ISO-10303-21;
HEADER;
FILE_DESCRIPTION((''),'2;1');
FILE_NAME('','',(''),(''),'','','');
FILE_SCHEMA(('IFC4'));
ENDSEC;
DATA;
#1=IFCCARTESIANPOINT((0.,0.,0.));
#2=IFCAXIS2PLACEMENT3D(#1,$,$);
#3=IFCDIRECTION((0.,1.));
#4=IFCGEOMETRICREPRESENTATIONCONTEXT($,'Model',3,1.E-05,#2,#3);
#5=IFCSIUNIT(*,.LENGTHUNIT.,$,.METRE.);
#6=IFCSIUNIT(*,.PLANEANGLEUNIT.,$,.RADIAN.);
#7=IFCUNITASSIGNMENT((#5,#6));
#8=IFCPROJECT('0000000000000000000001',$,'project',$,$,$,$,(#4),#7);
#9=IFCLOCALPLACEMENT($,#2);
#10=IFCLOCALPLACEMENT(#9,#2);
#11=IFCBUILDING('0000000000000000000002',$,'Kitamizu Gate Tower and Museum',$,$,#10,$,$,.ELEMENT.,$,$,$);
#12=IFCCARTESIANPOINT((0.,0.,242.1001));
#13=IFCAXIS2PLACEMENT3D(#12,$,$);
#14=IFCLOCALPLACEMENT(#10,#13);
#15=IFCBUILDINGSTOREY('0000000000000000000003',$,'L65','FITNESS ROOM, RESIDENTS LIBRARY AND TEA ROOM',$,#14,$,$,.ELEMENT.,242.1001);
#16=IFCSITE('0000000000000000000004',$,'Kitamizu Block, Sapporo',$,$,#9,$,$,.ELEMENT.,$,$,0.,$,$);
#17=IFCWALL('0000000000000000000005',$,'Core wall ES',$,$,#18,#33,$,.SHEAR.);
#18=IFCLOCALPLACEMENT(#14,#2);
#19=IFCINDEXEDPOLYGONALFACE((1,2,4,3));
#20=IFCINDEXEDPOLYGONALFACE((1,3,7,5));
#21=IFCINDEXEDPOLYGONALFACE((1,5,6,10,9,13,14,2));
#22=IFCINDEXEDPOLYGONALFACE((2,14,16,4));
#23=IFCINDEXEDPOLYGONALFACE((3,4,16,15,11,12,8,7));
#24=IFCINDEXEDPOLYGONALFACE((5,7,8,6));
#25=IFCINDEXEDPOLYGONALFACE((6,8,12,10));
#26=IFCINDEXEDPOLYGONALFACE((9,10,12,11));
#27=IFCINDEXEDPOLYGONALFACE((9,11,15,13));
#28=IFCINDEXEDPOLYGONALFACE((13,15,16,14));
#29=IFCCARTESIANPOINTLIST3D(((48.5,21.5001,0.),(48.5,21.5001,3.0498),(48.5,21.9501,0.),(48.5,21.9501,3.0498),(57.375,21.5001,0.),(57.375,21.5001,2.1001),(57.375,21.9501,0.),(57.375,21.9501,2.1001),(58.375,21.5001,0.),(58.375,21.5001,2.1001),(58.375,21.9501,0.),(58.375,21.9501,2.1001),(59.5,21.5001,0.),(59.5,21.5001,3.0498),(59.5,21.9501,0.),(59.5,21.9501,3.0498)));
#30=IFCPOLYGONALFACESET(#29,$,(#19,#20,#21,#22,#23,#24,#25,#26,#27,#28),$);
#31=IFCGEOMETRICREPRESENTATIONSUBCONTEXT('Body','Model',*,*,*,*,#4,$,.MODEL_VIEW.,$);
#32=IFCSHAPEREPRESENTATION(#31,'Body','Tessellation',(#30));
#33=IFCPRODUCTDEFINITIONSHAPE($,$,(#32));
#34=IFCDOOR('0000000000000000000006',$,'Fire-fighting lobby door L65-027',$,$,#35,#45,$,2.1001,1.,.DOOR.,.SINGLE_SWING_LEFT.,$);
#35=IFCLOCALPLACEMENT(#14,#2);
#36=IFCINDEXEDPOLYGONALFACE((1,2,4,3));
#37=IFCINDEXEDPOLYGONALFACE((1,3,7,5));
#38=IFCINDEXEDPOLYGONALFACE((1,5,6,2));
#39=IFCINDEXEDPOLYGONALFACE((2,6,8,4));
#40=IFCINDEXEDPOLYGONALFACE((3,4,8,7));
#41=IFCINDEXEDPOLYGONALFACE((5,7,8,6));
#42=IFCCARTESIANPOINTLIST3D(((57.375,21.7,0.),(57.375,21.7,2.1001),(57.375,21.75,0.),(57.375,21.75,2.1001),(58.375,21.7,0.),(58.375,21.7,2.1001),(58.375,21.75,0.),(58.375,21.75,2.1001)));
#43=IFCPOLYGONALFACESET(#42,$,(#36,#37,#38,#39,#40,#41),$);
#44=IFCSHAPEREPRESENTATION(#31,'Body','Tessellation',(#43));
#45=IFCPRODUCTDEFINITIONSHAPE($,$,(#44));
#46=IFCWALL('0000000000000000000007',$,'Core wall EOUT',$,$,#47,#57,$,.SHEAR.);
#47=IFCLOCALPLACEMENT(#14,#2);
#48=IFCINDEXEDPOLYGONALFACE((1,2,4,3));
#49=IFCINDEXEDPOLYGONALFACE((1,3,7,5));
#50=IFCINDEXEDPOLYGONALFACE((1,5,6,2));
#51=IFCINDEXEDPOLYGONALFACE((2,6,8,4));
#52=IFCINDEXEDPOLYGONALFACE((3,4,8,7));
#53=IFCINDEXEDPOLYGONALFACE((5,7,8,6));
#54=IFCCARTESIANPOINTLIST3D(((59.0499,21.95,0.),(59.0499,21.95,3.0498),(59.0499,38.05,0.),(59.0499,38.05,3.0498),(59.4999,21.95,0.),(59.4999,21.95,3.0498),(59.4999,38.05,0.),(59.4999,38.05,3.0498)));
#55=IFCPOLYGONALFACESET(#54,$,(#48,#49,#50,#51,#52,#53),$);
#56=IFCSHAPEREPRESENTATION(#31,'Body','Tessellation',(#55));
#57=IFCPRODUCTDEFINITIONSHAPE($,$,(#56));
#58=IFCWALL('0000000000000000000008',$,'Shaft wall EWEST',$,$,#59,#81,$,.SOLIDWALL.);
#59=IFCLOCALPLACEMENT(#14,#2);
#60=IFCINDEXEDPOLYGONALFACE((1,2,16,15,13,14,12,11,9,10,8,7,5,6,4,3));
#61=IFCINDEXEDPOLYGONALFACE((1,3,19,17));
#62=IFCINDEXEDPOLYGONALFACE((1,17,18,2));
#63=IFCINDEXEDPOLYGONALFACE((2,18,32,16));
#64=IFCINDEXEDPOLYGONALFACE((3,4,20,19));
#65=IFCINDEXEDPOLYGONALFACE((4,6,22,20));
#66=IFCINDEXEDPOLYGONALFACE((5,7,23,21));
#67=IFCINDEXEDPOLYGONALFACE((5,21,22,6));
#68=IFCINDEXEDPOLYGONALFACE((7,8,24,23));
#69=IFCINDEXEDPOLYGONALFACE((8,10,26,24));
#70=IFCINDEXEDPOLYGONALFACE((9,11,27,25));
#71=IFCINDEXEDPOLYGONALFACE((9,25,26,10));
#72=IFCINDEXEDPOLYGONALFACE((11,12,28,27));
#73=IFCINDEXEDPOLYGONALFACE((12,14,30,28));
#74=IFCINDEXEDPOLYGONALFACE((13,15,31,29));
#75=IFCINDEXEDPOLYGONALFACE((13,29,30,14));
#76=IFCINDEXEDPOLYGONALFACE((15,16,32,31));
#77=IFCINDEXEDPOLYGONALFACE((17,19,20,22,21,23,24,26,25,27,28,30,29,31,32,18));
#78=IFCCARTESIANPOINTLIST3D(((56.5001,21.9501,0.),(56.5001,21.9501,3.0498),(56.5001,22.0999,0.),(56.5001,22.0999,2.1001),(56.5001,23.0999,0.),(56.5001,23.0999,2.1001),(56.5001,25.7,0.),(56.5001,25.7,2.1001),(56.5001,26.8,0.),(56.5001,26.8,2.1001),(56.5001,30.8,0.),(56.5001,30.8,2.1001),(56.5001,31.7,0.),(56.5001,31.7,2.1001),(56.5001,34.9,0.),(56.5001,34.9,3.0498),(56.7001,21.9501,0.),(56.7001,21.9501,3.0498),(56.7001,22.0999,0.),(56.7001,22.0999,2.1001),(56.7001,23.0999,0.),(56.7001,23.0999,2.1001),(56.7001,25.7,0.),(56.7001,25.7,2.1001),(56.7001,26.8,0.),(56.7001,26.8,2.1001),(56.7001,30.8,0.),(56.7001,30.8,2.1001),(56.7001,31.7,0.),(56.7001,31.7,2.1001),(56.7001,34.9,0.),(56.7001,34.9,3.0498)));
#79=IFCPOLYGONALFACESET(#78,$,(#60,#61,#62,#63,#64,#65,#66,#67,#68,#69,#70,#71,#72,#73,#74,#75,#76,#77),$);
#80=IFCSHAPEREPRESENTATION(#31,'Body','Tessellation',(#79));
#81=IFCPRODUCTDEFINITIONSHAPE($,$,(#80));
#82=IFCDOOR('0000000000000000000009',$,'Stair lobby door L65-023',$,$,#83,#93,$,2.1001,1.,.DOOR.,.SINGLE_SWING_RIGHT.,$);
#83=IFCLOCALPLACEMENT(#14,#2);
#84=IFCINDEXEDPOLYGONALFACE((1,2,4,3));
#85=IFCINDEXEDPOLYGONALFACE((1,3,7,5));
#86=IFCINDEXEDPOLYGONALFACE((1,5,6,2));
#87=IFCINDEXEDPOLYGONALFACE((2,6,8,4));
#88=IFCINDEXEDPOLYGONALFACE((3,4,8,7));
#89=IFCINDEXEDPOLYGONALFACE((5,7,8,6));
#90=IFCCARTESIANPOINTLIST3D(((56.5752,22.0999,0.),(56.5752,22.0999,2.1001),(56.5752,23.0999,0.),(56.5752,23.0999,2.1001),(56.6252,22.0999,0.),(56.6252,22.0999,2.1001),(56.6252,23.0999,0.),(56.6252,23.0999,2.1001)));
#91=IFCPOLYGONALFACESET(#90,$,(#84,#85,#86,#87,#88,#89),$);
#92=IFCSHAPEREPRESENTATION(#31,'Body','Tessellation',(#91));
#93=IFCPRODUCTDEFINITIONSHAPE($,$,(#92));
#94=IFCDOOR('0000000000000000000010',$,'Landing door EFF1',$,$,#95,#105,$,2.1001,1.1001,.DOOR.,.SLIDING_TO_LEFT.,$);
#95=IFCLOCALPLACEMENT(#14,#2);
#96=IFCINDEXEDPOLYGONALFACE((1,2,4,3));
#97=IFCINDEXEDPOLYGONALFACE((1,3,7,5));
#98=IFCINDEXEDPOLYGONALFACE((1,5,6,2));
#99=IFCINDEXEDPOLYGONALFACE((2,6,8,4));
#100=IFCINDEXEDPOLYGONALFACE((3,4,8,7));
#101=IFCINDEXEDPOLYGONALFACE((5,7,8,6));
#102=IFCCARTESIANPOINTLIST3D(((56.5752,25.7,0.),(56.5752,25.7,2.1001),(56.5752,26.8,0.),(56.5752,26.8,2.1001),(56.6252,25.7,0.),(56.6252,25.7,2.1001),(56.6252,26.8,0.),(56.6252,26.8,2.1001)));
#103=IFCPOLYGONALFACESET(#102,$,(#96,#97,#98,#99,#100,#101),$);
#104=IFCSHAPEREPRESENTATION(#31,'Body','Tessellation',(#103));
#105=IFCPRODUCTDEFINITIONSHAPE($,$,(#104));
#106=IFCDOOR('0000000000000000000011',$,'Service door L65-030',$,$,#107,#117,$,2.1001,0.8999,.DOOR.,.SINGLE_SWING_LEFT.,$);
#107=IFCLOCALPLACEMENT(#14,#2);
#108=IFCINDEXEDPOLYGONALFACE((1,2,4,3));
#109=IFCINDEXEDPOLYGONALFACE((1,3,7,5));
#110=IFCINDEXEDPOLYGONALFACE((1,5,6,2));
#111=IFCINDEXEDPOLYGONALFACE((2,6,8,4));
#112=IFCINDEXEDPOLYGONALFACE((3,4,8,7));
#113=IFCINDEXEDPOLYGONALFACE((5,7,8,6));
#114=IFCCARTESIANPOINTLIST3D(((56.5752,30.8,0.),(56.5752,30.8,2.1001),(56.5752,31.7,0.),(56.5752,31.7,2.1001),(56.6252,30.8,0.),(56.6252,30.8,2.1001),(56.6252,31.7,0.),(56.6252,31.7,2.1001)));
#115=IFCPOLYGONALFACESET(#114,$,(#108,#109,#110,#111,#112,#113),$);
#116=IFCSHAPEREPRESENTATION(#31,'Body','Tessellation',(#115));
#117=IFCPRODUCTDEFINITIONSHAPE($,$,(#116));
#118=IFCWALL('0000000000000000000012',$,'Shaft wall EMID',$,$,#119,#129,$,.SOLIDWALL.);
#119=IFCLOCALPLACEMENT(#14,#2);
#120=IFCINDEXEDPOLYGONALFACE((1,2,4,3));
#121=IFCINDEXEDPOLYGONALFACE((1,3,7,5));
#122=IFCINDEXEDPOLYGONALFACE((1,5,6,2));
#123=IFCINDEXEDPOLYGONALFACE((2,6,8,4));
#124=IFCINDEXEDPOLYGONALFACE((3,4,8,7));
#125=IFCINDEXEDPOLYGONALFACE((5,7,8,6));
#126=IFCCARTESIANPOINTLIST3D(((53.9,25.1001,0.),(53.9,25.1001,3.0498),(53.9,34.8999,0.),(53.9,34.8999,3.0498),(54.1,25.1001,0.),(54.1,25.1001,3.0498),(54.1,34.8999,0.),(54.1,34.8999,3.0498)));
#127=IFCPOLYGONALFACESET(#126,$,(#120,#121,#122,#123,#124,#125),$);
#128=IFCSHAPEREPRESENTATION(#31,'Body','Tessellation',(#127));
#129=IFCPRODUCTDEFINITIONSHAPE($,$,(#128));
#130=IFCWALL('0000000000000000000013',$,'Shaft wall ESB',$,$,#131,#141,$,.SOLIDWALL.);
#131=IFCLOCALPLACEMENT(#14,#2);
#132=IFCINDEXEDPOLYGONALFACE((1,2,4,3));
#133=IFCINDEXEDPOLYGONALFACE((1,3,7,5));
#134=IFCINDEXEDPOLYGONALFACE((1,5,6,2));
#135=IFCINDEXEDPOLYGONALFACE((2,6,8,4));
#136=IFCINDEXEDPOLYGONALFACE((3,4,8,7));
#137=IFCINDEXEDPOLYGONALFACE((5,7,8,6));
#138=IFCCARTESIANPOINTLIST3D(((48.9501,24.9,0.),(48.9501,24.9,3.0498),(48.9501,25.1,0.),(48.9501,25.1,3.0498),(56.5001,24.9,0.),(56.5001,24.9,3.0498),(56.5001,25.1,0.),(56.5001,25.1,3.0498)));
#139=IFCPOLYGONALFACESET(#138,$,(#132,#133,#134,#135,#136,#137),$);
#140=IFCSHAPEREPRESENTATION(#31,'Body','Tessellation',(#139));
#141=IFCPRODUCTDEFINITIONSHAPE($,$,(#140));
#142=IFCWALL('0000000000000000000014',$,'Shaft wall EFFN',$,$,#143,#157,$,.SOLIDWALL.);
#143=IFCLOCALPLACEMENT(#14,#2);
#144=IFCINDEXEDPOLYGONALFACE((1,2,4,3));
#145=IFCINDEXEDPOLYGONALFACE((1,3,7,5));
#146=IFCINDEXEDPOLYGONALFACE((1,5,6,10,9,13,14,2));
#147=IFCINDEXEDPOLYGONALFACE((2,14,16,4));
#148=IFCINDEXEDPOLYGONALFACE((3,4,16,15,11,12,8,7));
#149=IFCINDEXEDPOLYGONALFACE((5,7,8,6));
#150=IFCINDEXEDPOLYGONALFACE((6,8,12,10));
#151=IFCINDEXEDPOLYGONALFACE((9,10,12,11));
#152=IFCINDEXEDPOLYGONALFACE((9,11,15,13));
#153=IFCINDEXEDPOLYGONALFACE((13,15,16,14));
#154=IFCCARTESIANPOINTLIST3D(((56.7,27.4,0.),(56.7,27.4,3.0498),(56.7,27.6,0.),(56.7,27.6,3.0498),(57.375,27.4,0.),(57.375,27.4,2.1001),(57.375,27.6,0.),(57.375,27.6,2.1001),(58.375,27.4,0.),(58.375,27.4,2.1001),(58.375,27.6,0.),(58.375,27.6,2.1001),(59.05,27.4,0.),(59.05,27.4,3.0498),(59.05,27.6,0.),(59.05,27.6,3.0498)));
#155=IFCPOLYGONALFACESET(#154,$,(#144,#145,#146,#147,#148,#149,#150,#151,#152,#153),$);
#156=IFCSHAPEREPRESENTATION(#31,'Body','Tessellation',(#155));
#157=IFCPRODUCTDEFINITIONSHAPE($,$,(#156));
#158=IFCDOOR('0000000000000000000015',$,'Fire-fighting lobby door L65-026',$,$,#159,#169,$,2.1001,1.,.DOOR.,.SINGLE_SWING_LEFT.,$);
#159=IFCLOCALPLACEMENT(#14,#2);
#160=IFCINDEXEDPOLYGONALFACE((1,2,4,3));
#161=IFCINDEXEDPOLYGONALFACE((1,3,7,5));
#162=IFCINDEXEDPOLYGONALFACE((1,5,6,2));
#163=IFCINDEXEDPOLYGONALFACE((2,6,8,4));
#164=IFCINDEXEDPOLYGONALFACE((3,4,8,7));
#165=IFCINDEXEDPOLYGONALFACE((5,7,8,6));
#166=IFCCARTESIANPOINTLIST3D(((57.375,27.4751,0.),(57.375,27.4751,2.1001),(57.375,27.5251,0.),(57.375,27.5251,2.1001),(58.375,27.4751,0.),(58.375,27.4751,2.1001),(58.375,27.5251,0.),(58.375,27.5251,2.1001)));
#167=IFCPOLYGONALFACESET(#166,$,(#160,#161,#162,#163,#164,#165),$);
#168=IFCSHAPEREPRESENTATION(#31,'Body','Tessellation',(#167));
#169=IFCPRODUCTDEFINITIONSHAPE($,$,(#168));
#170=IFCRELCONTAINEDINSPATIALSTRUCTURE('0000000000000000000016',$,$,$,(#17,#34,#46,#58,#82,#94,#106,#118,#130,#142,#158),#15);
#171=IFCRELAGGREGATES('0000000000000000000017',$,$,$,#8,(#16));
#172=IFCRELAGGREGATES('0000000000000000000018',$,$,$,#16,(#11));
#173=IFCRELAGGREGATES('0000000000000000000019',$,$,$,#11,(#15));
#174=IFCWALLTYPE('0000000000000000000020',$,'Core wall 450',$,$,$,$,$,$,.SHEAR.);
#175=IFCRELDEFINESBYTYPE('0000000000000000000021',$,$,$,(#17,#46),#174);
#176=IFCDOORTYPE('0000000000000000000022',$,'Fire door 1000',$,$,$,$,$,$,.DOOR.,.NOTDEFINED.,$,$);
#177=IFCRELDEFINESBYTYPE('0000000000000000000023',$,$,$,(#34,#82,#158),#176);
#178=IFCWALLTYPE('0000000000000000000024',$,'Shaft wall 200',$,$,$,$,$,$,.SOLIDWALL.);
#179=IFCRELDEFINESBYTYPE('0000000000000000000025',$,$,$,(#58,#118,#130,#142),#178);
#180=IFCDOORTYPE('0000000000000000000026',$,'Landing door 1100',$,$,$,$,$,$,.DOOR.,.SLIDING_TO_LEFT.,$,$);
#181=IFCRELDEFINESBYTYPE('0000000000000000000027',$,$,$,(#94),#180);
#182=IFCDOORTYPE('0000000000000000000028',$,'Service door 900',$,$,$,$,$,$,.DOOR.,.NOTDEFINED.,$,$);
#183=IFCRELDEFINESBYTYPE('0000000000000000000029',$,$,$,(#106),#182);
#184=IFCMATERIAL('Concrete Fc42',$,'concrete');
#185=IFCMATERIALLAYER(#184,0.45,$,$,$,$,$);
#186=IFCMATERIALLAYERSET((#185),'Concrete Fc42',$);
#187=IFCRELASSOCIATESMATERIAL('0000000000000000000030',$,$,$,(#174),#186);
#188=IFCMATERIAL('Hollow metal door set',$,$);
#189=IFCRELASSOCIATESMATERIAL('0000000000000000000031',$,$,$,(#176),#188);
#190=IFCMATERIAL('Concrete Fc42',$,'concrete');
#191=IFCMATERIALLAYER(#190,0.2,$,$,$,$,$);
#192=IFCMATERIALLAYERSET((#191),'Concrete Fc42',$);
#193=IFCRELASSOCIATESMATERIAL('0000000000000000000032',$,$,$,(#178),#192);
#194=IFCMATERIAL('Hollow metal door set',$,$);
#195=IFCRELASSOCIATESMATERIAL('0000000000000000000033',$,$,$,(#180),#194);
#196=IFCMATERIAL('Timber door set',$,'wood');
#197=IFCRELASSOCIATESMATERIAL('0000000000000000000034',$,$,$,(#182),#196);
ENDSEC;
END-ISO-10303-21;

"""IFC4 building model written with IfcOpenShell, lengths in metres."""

from ifc_helpers import new_model, si_unit, direction, frame, frame_2d, origin, place, context, subcontext, project, spatial, rectangle, extrude, material, layer, layer_set, type_object, element, fill, save


model = new_model("IFC4")

# Units and contexts
model_context = context("Model", 3, precision=1e-05, world=origin(), true_north=direction((0.0, 1.0)))
body_context = subcontext(model_context, "Body", "Model", "MODEL_VIEW")
ifc_project = project(units=[si_unit("LENGTHUNIT", "METRE"), si_unit("PLANEANGLEUNIT", "RADIAN")], contexts=[model_context])

# Site, building, storey
site_placement = place(None, origin())
site = spatial("IfcSite", under=ifc_project, at=site_placement, Name="Kitamizu Block, Sapporo", CompositionType="ELEMENT", RefElevation=0.0)
building_placement = place(site_placement, origin())
building = spatial("IfcBuilding", under=site, at=building_placement, Name="Kitamizu Gate Tower and Museum", CompositionType="ELEMENT")
storey_placement = place(building_placement, frame((0.0, 0.0, 242.1001)))
storey = spatial("IfcBuildingStorey", under=building, at=storey_placement, Name="L65", Description="FITNESS ROOM, RESIDENTS LIBRARY AND TEA ROOM", CompositionType="ELEMENT", Elevation=242.1001)

# Wall, opening, door
ifc_material_1 = material(Name="Concrete Fc42", Category="concrete")
ifc_layer_1 = layer(ifc_material_1, 0.45)
ifc_layer_set_1 = layer_set([ifc_layer_1], Name="Concrete Fc42")
wall_type_1 = type_object("IfcWallType", Name="Core wall 450", PredefinedType="SHEAR", material=ifc_layer_set_1)
wall_1_placement = place(storey_placement, frame((59.5, 21.7251, 0.0), z_axis=(0.0, 0.0, 1.0), x_axis=(-1.0, 0.0, 0.0)))
wall_1 = element("IfcWall", 1, at=wall_1_placement, inside=storey, type_object=wall_type_1, Name="Core wall ES", PredefinedType="SHEAR", context=body_context, shape_type="SweptSolid", body=[
    extrude(rectangle(XDim=11.0, YDim=0.45, at=frame_2d((5.5, 0.0))), origin(), (0.0, 0.0, 1.0), 3.0498),
])
opening_1_placement = place(wall_1_placement, frame((1.125, 0.0, 0.0)))
opening_1 = element("IfcOpeningElement", 2, at=opening_1_placement, cuts=wall_1, PredefinedType="OPENING", context=body_context, shape_type="SweptSolid", body=[
    extrude(rectangle(XDim=1.0, YDim=2.1001, at=frame_2d((0.5, 1.05))), frame((0.0, 0.2349, 0.0), z_axis=(0.0, -1.0, 0.0), x_axis=(1.0, 0.0, 0.0)), (0.0, 0.0, 1.0), 0.47),
])
ifc_material_2 = material(Name="Hollow metal door set")
door_type_1 = type_object("IfcDoorType", Name="Fire door 1000", OperationType="NOTDEFINED", PredefinedType="DOOR", material=ifc_material_2)
door_1_placement = place(opening_1_placement, frame((1.0, 0.0, 0.0), x_axis=(-1.0, 0.0, 0.0)))
door_1 = element("IfcDoor", 3, at=door_1_placement, inside=storey, type_object=door_type_1, Name="Fire-fighting lobby door L65-027", OperationType="SINGLE_SWING_LEFT", OverallHeight=2.1001, OverallWidth=1.0, PredefinedType="DOOR", context=body_context, shape_type="SweptSolid", body=[
    extrude(rectangle(XDim=1.0, YDim=2.1001, at=frame_2d((0.5, 1.05))), frame((0.0, 0.0249, 0.0), z_axis=(0.0, -1.0, 0.0), x_axis=(1.0, 0.0, 0.0)), (0.0, 0.0, 1.0), 0.05),
])
fill(opening_1, door_1)

# Wall
wall_2_placement = place(storey_placement, frame((59.2749, 21.95, 0.0), z_axis=(0.0, 0.0, 1.0), x_axis=(0.0, 1.0, 0.0)))
element("IfcWall", 4, at=wall_2_placement, inside=storey, type_object=wall_type_1, Name="Core wall EOUT", PredefinedType="SHEAR", context=body_context, shape_type="SweptSolid", body=[
    extrude(rectangle(XDim=16.1001, YDim=0.45, at=frame_2d((8.05, 0.0))), origin(), (0.0, 0.0, 1.0), 3.0498),
])

# Wall, openings, doors
ifc_material_3 = material(Name="Concrete Fc42", Category="concrete")
ifc_layer_2 = layer(ifc_material_3, 0.2)
ifc_layer_set_2 = layer_set([ifc_layer_2], Name="Concrete Fc42")
wall_type_2 = type_object("IfcWallType", Name="Shaft wall 200", PredefinedType="SOLIDWALL", material=ifc_layer_set_2)
wall_3_placement = place(storey_placement, frame((56.6001, 21.95, 0.0), z_axis=(0.0, 0.0, 1.0), x_axis=(0.0, 1.0, 0.0)))
wall_3 = element("IfcWall", 5, at=wall_3_placement, inside=storey, type_object=wall_type_2, Name="Shaft wall EWEST", PredefinedType="SOLIDWALL", context=body_context, shape_type="SweptSolid", body=[
    extrude(rectangle(XDim=12.95, YDim=0.2, at=frame_2d((6.4751, 0.0))), origin(), (0.0, 0.0, 1.0), 3.0498),
])
opening_2_placement = place(wall_3_placement, frame((3.75, 0.0, 0.0)))
opening_2 = element("IfcOpeningElement", 6, at=opening_2_placement, cuts=wall_3, PredefinedType="OPENING", context=body_context, shape_type="SweptSolid", body=[
    extrude(rectangle(XDim=1.1001, YDim=2.1001, at=frame_2d((0.55, 1.05))), frame((0.0, 0.1099, 0.0), z_axis=(0.0, -1.0, 0.0), x_axis=(1.0, 0.0, 0.0)), (0.0, 0.0, 1.0), 0.22),
])
opening_3_placement = place(wall_3_placement, frame((0.1499, 0.0, 0.0)))
opening_3 = element("IfcOpeningElement", 7, at=opening_3_placement, cuts=wall_3, PredefinedType="OPENING", context=body_context, shape_type="SweptSolid", body=[
    extrude(rectangle(XDim=1.0, YDim=2.1001, at=frame_2d((0.5, 1.05))), frame((0.0, 0.1099, 0.0), z_axis=(0.0, -1.0, 0.0), x_axis=(1.0, 0.0, 0.0)), (0.0, 0.0, 1.0), 0.22),
])
opening_4_placement = place(wall_3_placement, frame((8.8501, 0.0, 0.0)))
opening_4 = element("IfcOpeningElement", 8, at=opening_4_placement, cuts=wall_3, PredefinedType="OPENING", context=body_context, shape_type="SweptSolid", body=[
    extrude(rectangle(XDim=0.8999, YDim=2.1001, at=frame_2d((0.45, 1.05))), frame((0.0, 0.1099, 0.0), z_axis=(0.0, -1.0, 0.0), x_axis=(1.0, 0.0, 0.0)), (0.0, 0.0, 1.0), 0.22),
])
door_2_placement = place(opening_3_placement, origin())
door_2 = element("IfcDoor", 9, at=door_2_placement, inside=storey, type_object=door_type_1, Name="Stair lobby door L65-023", OperationType="SINGLE_SWING_RIGHT", OverallHeight=2.1001, OverallWidth=1.0, PredefinedType="DOOR", context=body_context, shape_type="SweptSolid", body=[
    extrude(rectangle(XDim=1.0, YDim=2.1001, at=frame_2d((0.5, 1.05))), frame((0.0, 0.0249, 0.0), z_axis=(0.0, -1.0, 0.0), x_axis=(1.0, 0.0, 0.0)), (0.0, 0.0, 1.0), 0.05),
])
fill(opening_3, door_2)
ifc_material_4 = material(Name="Hollow metal door set")
door_type_2 = type_object("IfcDoorType", Name="Landing door 1100", OperationType="SLIDING_TO_LEFT", PredefinedType="DOOR", material=ifc_material_4)
door_3_placement = place(opening_2_placement, origin())
door_3 = element("IfcDoor", 10, at=door_3_placement, inside=storey, type_object=door_type_2, Name="Landing door EFF1", OperationType="SLIDING_TO_LEFT", OverallHeight=2.1001, OverallWidth=1.1001, PredefinedType="DOOR", context=body_context, shape_type="SweptSolid", body=[
    extrude(rectangle(XDim=1.1001, YDim=2.1001, at=frame_2d((0.55, 1.05))), frame((0.0, 0.0249, 0.0), z_axis=(0.0, -1.0, 0.0), x_axis=(1.0, 0.0, 0.0)), (0.0, 0.0, 1.0), 0.05),
])
fill(opening_2, door_3)
ifc_material_5 = material(Name="Timber door set", Category="wood")
door_type_3 = type_object("IfcDoorType", Name="Service door 900", OperationType="NOTDEFINED", PredefinedType="DOOR", material=ifc_material_5)
door_4_placement = place(opening_4_placement, origin())
door_4 = element("IfcDoor", 11, at=door_4_placement, inside=storey, type_object=door_type_3, Name="Service door L65-030", OperationType="SINGLE_SWING_LEFT", OverallHeight=2.1001, OverallWidth=0.8999, PredefinedType="DOOR", context=body_context, shape_type="SweptSolid", body=[
    extrude(rectangle(XDim=0.8999, YDim=2.1001, at=frame_2d((0.45, 1.05))), frame((0.0, 0.0249, 0.0), z_axis=(0.0, -1.0, 0.0), x_axis=(1.0, 0.0, 0.0)), (0.0, 0.0, 1.0), 0.05),
])
fill(opening_4, door_4)

# Walls
wall_4_placement = place(storey_placement, frame((54.0, 25.1001, 0.0), z_axis=(0.0, 0.0, 1.0), x_axis=(0.0, 1.0, 0.0)))
element("IfcWall", 12, at=wall_4_placement, inside=storey, type_object=wall_type_2, Name="Shaft wall EMID", PredefinedType="SOLIDWALL", context=body_context, shape_type="SweptSolid", body=[
    extrude(rectangle(XDim=9.7998, YDim=0.2, at=frame_2d((4.8999, 0.0))), origin(), (0.0, 0.0, 1.0), 3.0498),
])
wall_5_placement = place(storey_placement, frame((56.5, 25.0, 0.0), z_axis=(0.0, 0.0, 1.0), x_axis=(-1.0, 0.0, 0.0)))
element("IfcWall", 13, at=wall_5_placement, inside=storey, type_object=wall_type_2, Name="Shaft wall ESB", PredefinedType="SOLIDWALL", context=body_context, shape_type="SweptSolid", body=[
    extrude(rectangle(XDim=7.55, YDim=0.2, at=frame_2d((3.7749, 0.0))), origin(), (0.0, 0.0, 1.0), 3.0498),
])

# Wall, opening, door
wall_6_placement = place(storey_placement, frame((59.05, 27.5, 0.0), z_axis=(0.0, 0.0, 1.0), x_axis=(-1.0, 0.0, 0.0)))
wall_6 = element("IfcWall", 14, at=wall_6_placement, inside=storey, type_object=wall_type_2, Name="Shaft wall EFFN", PredefinedType="SOLIDWALL", context=body_context, shape_type="SweptSolid", body=[
    extrude(rectangle(XDim=2.3501, YDim=0.2, at=frame_2d((1.175, 0.0))), origin(), (0.0, 0.0, 1.0), 3.0498),
])
opening_5_placement = place(wall_6_placement, frame((0.675, 0.0, 0.0)))
opening_5 = element("IfcOpeningElement", 15, at=opening_5_placement, cuts=wall_6, PredefinedType="OPENING", context=body_context, shape_type="SweptSolid", body=[
    extrude(rectangle(XDim=1.0, YDim=2.1001, at=frame_2d((0.5, 1.05))), frame((0.0, 0.1099, 0.0), z_axis=(0.0, -1.0, 0.0), x_axis=(1.0, 0.0, 0.0)), (0.0, 0.0, 1.0), 0.22),
])
door_5_placement = place(opening_5_placement, origin())
door_5 = element("IfcDoor", 16, at=door_5_placement, inside=storey, type_object=door_type_1, Name="Fire-fighting lobby door L65-026", OperationType="SINGLE_SWING_LEFT", OverallHeight=2.1001, OverallWidth=1.0, PredefinedType="DOOR", context=body_context, shape_type="SweptSolid", body=[
    extrude(rectangle(XDim=1.0, YDim=2.1001, at=frame_2d((0.5, 1.05))), frame((0.0, 0.0249, 0.0), z_axis=(0.0, -1.0, 0.0), x_axis=(1.0, 0.0, 0.0)), (0.0, 0.0, 1.0), 0.05),
])
fill(opening_5, door_5)

save(model, "model.ifc")
